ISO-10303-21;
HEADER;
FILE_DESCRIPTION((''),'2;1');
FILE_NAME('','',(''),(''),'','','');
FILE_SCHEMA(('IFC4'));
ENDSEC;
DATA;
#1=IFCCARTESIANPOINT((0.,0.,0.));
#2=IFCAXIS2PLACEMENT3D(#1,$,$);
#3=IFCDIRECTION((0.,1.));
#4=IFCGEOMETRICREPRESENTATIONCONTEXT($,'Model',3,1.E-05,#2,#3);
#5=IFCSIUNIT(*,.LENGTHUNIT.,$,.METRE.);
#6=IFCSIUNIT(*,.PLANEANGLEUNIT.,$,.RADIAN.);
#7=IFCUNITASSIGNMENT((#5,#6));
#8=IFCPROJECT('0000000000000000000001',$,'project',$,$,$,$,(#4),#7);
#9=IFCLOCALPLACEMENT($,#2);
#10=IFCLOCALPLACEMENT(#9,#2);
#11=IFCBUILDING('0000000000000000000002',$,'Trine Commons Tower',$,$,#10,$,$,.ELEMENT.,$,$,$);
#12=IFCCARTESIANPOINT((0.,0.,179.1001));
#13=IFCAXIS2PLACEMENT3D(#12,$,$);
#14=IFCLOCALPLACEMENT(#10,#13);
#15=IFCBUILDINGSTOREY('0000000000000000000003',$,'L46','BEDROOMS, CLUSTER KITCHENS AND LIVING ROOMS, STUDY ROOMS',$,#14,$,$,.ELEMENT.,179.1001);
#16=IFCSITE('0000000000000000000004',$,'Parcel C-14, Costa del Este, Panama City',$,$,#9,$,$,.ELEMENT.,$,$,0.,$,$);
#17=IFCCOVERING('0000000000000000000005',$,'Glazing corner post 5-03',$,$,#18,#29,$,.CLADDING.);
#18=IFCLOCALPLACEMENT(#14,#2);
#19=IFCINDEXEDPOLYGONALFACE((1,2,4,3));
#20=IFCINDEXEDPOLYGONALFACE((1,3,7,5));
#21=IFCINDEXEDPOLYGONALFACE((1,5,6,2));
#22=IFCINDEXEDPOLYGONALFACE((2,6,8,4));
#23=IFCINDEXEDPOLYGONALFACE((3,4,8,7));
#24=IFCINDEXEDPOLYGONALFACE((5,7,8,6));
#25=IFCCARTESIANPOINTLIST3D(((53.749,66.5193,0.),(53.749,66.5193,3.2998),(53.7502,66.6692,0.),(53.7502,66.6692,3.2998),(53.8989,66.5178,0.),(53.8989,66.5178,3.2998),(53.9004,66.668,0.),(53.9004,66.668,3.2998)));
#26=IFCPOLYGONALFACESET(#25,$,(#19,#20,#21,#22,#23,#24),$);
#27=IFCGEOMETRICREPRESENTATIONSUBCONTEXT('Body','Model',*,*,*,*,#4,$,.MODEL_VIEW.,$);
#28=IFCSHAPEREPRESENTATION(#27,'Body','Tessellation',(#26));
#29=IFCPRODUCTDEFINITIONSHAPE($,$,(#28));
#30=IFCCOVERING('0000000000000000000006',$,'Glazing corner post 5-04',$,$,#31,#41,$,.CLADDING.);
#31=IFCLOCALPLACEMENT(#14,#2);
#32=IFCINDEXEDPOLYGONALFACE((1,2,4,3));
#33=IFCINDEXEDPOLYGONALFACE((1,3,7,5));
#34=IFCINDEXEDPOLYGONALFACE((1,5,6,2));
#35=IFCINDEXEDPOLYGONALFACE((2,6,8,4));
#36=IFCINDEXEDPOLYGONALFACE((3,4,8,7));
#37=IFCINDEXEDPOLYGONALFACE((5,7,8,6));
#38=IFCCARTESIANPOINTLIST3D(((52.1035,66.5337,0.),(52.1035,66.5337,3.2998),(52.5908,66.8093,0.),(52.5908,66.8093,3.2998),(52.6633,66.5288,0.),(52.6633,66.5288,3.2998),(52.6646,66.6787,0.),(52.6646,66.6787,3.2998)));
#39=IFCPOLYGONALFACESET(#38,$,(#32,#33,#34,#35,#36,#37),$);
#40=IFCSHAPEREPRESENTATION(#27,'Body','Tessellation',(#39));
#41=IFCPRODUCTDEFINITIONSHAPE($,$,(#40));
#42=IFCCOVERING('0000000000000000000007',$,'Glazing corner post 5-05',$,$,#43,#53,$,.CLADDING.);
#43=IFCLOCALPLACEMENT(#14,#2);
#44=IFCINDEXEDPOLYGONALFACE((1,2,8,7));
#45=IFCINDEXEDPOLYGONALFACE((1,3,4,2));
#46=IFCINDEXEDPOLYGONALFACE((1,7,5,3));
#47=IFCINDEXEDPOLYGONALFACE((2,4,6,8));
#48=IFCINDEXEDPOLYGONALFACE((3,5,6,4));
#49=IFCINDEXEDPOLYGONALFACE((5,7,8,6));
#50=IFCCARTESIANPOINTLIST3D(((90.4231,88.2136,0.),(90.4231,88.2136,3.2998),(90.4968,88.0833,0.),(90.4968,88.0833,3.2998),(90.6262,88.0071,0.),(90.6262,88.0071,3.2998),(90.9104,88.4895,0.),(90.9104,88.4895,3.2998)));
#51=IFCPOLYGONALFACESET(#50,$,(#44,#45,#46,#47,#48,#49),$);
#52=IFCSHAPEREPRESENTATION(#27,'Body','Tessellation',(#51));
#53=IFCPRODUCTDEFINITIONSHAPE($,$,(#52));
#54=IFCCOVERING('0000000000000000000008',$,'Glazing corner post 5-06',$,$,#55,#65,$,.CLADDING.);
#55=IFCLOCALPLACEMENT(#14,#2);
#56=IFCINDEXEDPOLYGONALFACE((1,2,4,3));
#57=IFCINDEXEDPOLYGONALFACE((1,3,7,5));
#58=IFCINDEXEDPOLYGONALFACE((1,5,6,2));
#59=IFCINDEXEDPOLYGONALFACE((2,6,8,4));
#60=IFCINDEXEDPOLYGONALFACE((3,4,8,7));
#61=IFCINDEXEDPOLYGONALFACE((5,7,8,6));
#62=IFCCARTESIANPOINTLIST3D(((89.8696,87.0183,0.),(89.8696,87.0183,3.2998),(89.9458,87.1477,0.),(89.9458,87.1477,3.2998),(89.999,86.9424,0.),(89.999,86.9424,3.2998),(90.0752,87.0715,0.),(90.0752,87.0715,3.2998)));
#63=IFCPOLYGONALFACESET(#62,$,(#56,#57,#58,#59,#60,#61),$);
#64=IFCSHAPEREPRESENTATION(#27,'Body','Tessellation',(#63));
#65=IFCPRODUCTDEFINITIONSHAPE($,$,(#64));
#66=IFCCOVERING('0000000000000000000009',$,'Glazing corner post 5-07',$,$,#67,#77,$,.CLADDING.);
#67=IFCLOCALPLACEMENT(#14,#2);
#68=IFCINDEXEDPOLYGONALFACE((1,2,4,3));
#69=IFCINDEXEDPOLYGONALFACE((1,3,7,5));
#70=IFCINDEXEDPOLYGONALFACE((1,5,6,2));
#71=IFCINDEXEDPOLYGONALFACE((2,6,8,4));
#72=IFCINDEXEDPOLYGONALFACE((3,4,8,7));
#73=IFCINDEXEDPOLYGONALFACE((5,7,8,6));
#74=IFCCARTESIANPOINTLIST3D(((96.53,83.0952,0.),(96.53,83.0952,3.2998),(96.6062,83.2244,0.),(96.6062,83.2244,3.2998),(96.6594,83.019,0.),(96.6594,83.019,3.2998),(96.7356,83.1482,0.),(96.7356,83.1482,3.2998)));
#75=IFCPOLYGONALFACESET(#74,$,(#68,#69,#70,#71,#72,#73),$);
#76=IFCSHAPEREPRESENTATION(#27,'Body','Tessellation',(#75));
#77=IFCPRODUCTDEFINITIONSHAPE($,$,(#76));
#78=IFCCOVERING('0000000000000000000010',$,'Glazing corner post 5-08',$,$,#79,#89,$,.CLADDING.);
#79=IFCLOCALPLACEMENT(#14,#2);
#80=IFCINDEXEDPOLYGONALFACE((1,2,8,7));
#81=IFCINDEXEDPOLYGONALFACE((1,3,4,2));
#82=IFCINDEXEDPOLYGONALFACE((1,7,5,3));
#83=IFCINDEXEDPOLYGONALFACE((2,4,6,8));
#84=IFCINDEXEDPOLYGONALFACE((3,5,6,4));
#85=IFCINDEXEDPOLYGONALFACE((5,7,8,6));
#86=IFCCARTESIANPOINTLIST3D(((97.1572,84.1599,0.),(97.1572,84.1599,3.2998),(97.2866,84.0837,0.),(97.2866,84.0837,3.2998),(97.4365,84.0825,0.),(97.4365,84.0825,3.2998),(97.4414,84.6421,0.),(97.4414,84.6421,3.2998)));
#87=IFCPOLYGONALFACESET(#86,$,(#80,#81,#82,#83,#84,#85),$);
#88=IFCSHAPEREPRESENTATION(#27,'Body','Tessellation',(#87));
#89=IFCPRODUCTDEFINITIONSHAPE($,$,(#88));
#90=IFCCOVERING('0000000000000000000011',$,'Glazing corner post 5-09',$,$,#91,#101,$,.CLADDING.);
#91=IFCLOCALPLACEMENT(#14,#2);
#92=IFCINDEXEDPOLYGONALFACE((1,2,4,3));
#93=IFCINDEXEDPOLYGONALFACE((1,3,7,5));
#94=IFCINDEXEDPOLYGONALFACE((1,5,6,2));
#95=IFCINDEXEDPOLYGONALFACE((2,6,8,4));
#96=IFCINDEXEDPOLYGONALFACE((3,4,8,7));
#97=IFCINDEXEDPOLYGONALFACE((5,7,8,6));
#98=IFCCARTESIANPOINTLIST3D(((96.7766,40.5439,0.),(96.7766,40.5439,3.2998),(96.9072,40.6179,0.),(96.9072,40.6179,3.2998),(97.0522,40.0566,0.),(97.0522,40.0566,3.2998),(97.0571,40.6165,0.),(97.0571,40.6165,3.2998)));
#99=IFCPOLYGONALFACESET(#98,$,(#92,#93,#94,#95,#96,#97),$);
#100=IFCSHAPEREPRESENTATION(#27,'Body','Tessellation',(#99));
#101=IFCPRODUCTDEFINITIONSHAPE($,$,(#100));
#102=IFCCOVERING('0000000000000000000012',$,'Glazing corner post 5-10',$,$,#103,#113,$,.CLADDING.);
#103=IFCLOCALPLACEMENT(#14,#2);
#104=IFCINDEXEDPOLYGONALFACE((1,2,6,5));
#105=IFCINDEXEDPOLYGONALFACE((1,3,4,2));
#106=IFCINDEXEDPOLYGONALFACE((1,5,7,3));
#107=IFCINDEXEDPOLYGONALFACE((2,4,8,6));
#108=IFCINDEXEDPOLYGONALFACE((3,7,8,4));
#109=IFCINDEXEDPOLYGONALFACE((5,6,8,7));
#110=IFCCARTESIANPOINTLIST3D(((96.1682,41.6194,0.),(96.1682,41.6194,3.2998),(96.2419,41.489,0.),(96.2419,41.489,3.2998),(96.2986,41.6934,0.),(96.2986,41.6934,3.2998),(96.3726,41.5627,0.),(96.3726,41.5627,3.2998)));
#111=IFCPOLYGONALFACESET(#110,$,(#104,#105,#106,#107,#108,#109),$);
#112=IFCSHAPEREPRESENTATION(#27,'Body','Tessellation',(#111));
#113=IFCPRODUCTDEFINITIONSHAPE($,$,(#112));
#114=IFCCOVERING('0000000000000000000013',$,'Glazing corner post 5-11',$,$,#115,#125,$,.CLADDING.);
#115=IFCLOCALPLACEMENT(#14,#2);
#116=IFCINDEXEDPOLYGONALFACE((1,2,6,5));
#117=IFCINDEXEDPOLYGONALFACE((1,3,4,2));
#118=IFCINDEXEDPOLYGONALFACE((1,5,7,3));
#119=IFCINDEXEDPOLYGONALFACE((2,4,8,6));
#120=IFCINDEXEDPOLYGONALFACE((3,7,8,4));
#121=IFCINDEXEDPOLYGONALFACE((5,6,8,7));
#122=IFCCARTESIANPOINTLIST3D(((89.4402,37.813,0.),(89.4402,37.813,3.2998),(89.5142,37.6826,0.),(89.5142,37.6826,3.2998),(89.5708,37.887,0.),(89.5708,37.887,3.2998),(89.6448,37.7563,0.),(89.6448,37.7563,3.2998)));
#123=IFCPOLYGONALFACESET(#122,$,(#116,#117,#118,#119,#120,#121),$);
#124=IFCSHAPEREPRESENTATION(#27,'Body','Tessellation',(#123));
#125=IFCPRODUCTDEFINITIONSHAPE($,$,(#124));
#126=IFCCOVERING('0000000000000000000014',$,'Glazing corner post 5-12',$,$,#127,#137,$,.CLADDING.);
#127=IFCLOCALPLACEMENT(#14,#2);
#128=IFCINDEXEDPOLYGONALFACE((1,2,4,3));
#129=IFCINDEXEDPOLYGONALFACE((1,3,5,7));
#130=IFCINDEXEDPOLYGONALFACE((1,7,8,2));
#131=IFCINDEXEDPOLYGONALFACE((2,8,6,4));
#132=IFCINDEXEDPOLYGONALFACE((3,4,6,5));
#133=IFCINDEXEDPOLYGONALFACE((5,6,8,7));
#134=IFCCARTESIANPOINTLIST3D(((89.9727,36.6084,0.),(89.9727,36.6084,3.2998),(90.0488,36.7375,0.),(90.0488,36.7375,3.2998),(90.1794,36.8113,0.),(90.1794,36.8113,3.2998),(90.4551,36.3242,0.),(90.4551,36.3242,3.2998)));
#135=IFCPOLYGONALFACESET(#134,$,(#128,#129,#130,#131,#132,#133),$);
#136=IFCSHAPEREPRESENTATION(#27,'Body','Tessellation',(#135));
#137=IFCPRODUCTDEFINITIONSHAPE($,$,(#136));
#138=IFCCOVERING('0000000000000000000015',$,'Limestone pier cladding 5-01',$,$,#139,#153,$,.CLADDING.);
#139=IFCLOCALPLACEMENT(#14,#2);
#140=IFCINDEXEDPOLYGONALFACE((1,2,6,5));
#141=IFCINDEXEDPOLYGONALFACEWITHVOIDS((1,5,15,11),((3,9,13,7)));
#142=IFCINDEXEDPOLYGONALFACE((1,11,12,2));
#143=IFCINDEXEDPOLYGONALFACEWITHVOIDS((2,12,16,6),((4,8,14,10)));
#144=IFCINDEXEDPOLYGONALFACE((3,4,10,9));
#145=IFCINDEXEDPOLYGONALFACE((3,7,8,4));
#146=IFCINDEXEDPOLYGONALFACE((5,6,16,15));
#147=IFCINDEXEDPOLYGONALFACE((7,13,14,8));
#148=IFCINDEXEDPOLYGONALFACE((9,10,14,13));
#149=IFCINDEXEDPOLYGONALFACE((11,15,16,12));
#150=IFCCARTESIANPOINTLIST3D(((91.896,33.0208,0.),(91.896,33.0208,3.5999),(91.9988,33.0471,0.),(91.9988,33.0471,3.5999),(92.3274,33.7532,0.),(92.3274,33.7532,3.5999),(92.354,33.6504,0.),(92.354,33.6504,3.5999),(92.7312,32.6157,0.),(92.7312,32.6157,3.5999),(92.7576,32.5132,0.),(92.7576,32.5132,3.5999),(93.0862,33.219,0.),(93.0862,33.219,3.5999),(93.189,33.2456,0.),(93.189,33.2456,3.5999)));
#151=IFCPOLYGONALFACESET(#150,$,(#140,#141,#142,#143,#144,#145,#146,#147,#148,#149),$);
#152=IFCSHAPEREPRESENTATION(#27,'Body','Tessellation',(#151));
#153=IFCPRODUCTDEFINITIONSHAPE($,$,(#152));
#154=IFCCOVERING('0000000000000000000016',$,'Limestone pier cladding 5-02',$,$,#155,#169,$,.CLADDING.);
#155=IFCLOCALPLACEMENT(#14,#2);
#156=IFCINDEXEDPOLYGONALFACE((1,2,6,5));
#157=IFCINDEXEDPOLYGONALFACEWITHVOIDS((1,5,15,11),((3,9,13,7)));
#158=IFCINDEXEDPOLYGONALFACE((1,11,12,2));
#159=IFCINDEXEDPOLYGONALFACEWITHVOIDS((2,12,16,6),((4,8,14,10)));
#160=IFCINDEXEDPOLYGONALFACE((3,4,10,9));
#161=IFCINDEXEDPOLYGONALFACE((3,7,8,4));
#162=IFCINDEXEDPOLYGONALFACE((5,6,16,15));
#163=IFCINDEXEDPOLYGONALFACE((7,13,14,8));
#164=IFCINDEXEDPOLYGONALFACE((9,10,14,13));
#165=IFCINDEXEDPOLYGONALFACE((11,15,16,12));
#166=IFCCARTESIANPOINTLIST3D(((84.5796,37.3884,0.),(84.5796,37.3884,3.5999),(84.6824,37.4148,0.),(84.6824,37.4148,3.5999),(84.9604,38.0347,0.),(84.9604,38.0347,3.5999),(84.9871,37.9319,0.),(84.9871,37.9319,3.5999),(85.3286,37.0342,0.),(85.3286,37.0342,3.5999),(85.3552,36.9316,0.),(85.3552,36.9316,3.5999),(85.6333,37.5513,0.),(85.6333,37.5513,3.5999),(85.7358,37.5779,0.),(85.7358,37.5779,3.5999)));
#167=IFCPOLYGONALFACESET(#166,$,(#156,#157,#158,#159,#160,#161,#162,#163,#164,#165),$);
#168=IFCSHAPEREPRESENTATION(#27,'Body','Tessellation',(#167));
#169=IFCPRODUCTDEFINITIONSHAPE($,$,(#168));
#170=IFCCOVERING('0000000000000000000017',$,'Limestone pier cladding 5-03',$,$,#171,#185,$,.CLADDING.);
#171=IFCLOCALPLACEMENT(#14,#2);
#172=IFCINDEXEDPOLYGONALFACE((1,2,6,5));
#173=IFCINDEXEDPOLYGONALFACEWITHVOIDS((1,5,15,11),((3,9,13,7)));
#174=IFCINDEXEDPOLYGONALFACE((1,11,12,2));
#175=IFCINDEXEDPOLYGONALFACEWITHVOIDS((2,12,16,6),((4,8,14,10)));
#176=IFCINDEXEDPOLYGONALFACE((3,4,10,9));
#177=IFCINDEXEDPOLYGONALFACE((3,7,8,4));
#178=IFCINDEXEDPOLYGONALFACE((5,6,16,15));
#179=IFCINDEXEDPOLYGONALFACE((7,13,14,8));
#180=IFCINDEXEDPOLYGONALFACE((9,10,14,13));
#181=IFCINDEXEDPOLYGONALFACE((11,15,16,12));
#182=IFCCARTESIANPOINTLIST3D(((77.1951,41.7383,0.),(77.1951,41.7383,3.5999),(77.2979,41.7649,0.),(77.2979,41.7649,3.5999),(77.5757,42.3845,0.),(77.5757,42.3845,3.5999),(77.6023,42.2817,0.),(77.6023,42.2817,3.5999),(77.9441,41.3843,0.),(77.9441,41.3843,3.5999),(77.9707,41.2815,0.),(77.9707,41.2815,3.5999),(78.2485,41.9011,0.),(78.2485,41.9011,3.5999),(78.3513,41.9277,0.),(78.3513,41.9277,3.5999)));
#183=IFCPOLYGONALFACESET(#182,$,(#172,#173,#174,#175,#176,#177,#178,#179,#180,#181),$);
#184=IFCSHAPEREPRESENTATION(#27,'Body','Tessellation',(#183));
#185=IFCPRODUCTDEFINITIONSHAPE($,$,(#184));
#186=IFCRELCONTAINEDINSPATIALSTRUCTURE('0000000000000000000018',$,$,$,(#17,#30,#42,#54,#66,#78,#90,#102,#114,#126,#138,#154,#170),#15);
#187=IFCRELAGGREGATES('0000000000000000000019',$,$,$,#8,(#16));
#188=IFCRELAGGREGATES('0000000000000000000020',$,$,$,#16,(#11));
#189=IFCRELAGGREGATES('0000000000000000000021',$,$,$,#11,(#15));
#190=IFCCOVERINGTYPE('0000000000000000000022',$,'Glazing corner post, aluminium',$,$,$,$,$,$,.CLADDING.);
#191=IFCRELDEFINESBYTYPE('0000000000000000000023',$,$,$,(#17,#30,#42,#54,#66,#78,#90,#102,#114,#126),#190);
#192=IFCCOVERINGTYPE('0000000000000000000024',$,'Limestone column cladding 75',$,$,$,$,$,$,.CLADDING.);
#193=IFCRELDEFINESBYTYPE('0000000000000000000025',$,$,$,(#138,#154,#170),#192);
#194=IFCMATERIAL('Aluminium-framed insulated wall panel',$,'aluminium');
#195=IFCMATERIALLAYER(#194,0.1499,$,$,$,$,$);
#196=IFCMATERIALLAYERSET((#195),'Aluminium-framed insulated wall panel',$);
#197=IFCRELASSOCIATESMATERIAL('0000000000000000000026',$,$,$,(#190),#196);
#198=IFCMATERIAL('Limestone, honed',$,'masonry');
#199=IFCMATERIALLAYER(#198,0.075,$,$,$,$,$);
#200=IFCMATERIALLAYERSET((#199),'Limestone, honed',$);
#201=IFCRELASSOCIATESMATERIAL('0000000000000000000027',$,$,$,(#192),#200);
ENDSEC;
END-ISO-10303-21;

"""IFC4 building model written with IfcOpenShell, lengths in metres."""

from ifc_helpers import new_model, si_unit, direction, frame, origin, place, context, subcontext, project, spatial, polyline, outline, extrude, material, layer, layer_set, type_object, element, save


model = new_model("IFC4")

# Units and contexts
model_context = context("Model", 3, precision=1e-05, world=origin(), true_north=direction((0.0, 1.0)))
body_context = subcontext(model_context, "Body", "Model", "MODEL_VIEW")
ifc_project = project(units=[si_unit("LENGTHUNIT", "METRE"), si_unit("PLANEANGLEUNIT", "RADIAN")], contexts=[model_context])

# Site, building, storey
site_placement = place(None, origin())
site = spatial("IfcSite", under=ifc_project, at=site_placement, Name="Parcel C-14, Costa del Este, Panama City", CompositionType="ELEMENT", RefElevation=0.0)
building_placement = place(site_placement, origin())
building = spatial("IfcBuilding", under=site, at=building_placement, Name="Trine Commons Tower", CompositionType="ELEMENT")
storey_placement = place(building_placement, frame((0.0, 0.0, 179.1001)))
storey = spatial("IfcBuildingStorey", under=building, at=storey_placement, Name="L46", Description="BEDROOMS, CLUSTER KITCHENS AND LIVING ROOMS, STUDY ROOMS", CompositionType="ELEMENT", Elevation=179.1001)

# Coverings
ifc_material_1 = material(Name="Aluminium-framed insulated wall panel", Category="aluminium")
ifc_layer_1 = layer(ifc_material_1, 0.1499)
ifc_layer_set_1 = layer_set([ifc_layer_1], Name="Aluminium-framed insulated wall panel")
covering_type_1 = type_object("IfcCoveringType", Name="Glazing corner post, aluminium", PredefinedType="CLADDING", material=ifc_layer_set_1)
covering_1_placement = place(storey_placement, origin())
element("IfcCovering", 1, at=covering_1_placement, inside=storey, type_object=covering_type_1, Name="Glazing corner post 5-03", PredefinedType="CLADDING", context=body_context, shape_type="SweptSolid", body=[
    extrude(outline(polyline([(53.8989, 66.5178), (53.9004, 66.668), (53.7502, 66.6692), (53.749, 66.5193), (53.8989, 66.5178)])), origin(), (0.0, 0.0, 1.0), 3.2998),
])
covering_2_placement = place(storey_placement, origin())
element("IfcCovering", 2, at=covering_2_placement, inside=storey, type_object=covering_type_1, Name="Glazing corner post 5-04", PredefinedType="CLADDING", context=body_context, shape_type="SweptSolid", body=[
    extrude(outline(polyline([(52.6633, 66.5288), (52.6646, 66.6787), (52.5908, 66.8093), (52.1035, 66.5337), (52.6633, 66.5288)])), origin(), (0.0, 0.0, 1.0), 3.2998),
])
covering_3_placement = place(storey_placement, origin())
element("IfcCovering", 3, at=covering_3_placement, inside=storey, type_object=covering_type_1, Name="Glazing corner post 5-05", PredefinedType="CLADDING", context=body_context, shape_type="SweptSolid", body=[
    extrude(outline(polyline([(90.6262, 88.0071), (90.9104, 88.4895), (90.4231, 88.2136), (90.4968, 88.0833), (90.6262, 88.0071)])), origin(), (0.0, 0.0, 1.0), 3.2998),
])
covering_4_placement = place(storey_placement, origin())
element("IfcCovering", 4, at=covering_4_placement, inside=storey, type_object=covering_type_1, Name="Glazing corner post 5-06", PredefinedType="CLADDING", context=body_context, shape_type="SweptSolid", body=[
    extrude(outline(polyline([(89.999, 86.9424), (90.0752, 87.0715), (89.9458, 87.1477), (89.8696, 87.0183), (89.999, 86.9424)])), origin(), (0.0, 0.0, 1.0), 3.2998),
])
covering_5_placement = place(storey_placement, origin())
element("IfcCovering", 5, at=covering_5_placement, inside=storey, type_object=covering_type_1, Name="Glazing corner post 5-07", PredefinedType="CLADDING", context=body_context, shape_type="SweptSolid", body=[
    extrude(outline(polyline([(96.53, 83.0952), (96.6594, 83.019), (96.7356, 83.1482), (96.6062, 83.2244), (96.53, 83.0952)])), origin(), (0.0, 0.0, 1.0), 3.2998),
])
covering_6_placement = place(storey_placement, origin())
element("IfcCovering", 6, at=covering_6_placement, inside=storey, type_object=covering_type_1, Name="Glazing corner post 5-08", PredefinedType="CLADDING", context=body_context, shape_type="SweptSolid", body=[
    extrude(outline(polyline([(97.4365, 84.0825), (97.4414, 84.6421), (97.1572, 84.1599), (97.2866, 84.0837), (97.4365, 84.0825)])), origin(), (0.0, 0.0, 1.0), 3.2998),
])
covering_7_placement = place(storey_placement, origin())
element("IfcCovering", 7, at=covering_7_placement, inside=storey, type_object=covering_type_1, Name="Glazing corner post 5-09", PredefinedType="CLADDING", context=body_context, shape_type="SweptSolid", body=[
    extrude(outline(polyline([(96.7766, 40.5439), (97.0522, 40.0566), (97.0571, 40.6165), (96.9072, 40.6179), (96.9072, 40.6179), (96.7766, 40.5439)])), origin(), (0.0, 0.0, 1.0), 3.2998),
])
covering_8_placement = place(storey_placement, origin())
element("IfcCovering", 8, at=covering_8_placement, inside=storey, type_object=covering_type_1, Name="Glazing corner post 5-10", PredefinedType="CLADDING", context=body_context, shape_type="SweptSolid", body=[
    extrude(outline(polyline([(96.1682, 41.6194), (96.2419, 41.489), (96.3726, 41.5627), (96.2986, 41.6934), (96.1682, 41.6194)])), origin(), (0.0, 0.0, 1.0), 3.2998),
])
covering_9_placement = place(storey_placement, origin())
element("IfcCovering", 9, at=covering_9_placement, inside=storey, type_object=covering_type_1, Name="Glazing corner post 5-11", PredefinedType="CLADDING", context=body_context, shape_type="SweptSolid", body=[
    extrude(outline(polyline([(89.5142, 37.6826), (89.6448, 37.7563), (89.5708, 37.887), (89.4402, 37.813), (89.5142, 37.6826)])), origin(), (0.0, 0.0, 1.0), 3.2998),
])
covering_10_placement = place(storey_placement, origin())
element("IfcCovering", 10, at=covering_10_placement, inside=storey, type_object=covering_type_1, Name="Glazing corner post 5-12", PredefinedType="CLADDING", context=body_context, shape_type="SweptSolid", body=[
    extrude(outline(polyline([(89.9727, 36.6084), (90.4551, 36.3242), (90.1794, 36.8113), (90.0488, 36.7375), (89.9727, 36.6084)])), origin(), (0.0, 0.0, 1.0), 3.2998),
])
ifc_material_2 = material(Name="Limestone, honed", Category="masonry")
ifc_layer_2 = layer(ifc_material_2, 0.075)
ifc_layer_set_2 = layer_set([ifc_layer_2], Name="Limestone, honed")
covering_type_2 = type_object("IfcCoveringType", Name="Limestone column cladding 75", PredefinedType="CLADDING", material=ifc_layer_set_2)
covering_11_placement = place(storey_placement, origin())
element("IfcCovering", 11, at=covering_11_placement, inside=storey, type_object=covering_type_2, Name="Limestone pier cladding 5-01", PredefinedType="CLADDING", context=body_context, shape_type="SweptSolid", body=[
    extrude(outline(polyline([(92.3274, 33.7532), (91.896, 33.0208), (92.7576, 32.5132), (93.189, 33.2456), (92.3274, 33.7532)]), holes=[polyline([(92.354, 33.6504), (91.9988, 33.0471), (92.7312, 32.6157), (93.0862, 33.219), (92.354, 33.6504)])]), origin(), (0.0, 0.0, 1.0), 3.5999),
])
covering_12_placement = place(storey_placement, origin())
element("IfcCovering", 12, at=covering_12_placement, inside=storey, type_object=covering_type_2, Name="Limestone pier cladding 5-02", PredefinedType="CLADDING", context=body_context, shape_type="SweptSolid", body=[
    extrude(outline(polyline([(84.9604, 38.0347), (84.5796, 37.3884), (85.3552, 36.9316), (85.7358, 37.5779), (84.9604, 38.0347)]), holes=[polyline([(84.9871, 37.9319), (84.6824, 37.4148), (85.3286, 37.0342), (85.6333, 37.5513), (84.9871, 37.9319)])]), origin(), (0.0, 0.0, 1.0), 3.5999),
])
covering_13_placement = place(storey_placement, origin())
element("IfcCovering", 13, at=covering_13_placement, inside=storey, type_object=covering_type_2, Name="Limestone pier cladding 5-03", PredefinedType="CLADDING", context=body_context, shape_type="SweptSolid", body=[
    extrude(outline(polyline([(77.5757, 42.3845), (77.1951, 41.7383), (77.9707, 41.2815), (78.3513, 41.9277), (77.5757, 42.3845)]), holes=[polyline([(77.6023, 42.2817), (77.2979, 41.7649), (77.9441, 41.3843), (78.2485, 41.9011), (77.6023, 42.2817)])]), origin(), (0.0, 0.0, 1.0), 3.5999),
])

save(model, "model.ifc")
